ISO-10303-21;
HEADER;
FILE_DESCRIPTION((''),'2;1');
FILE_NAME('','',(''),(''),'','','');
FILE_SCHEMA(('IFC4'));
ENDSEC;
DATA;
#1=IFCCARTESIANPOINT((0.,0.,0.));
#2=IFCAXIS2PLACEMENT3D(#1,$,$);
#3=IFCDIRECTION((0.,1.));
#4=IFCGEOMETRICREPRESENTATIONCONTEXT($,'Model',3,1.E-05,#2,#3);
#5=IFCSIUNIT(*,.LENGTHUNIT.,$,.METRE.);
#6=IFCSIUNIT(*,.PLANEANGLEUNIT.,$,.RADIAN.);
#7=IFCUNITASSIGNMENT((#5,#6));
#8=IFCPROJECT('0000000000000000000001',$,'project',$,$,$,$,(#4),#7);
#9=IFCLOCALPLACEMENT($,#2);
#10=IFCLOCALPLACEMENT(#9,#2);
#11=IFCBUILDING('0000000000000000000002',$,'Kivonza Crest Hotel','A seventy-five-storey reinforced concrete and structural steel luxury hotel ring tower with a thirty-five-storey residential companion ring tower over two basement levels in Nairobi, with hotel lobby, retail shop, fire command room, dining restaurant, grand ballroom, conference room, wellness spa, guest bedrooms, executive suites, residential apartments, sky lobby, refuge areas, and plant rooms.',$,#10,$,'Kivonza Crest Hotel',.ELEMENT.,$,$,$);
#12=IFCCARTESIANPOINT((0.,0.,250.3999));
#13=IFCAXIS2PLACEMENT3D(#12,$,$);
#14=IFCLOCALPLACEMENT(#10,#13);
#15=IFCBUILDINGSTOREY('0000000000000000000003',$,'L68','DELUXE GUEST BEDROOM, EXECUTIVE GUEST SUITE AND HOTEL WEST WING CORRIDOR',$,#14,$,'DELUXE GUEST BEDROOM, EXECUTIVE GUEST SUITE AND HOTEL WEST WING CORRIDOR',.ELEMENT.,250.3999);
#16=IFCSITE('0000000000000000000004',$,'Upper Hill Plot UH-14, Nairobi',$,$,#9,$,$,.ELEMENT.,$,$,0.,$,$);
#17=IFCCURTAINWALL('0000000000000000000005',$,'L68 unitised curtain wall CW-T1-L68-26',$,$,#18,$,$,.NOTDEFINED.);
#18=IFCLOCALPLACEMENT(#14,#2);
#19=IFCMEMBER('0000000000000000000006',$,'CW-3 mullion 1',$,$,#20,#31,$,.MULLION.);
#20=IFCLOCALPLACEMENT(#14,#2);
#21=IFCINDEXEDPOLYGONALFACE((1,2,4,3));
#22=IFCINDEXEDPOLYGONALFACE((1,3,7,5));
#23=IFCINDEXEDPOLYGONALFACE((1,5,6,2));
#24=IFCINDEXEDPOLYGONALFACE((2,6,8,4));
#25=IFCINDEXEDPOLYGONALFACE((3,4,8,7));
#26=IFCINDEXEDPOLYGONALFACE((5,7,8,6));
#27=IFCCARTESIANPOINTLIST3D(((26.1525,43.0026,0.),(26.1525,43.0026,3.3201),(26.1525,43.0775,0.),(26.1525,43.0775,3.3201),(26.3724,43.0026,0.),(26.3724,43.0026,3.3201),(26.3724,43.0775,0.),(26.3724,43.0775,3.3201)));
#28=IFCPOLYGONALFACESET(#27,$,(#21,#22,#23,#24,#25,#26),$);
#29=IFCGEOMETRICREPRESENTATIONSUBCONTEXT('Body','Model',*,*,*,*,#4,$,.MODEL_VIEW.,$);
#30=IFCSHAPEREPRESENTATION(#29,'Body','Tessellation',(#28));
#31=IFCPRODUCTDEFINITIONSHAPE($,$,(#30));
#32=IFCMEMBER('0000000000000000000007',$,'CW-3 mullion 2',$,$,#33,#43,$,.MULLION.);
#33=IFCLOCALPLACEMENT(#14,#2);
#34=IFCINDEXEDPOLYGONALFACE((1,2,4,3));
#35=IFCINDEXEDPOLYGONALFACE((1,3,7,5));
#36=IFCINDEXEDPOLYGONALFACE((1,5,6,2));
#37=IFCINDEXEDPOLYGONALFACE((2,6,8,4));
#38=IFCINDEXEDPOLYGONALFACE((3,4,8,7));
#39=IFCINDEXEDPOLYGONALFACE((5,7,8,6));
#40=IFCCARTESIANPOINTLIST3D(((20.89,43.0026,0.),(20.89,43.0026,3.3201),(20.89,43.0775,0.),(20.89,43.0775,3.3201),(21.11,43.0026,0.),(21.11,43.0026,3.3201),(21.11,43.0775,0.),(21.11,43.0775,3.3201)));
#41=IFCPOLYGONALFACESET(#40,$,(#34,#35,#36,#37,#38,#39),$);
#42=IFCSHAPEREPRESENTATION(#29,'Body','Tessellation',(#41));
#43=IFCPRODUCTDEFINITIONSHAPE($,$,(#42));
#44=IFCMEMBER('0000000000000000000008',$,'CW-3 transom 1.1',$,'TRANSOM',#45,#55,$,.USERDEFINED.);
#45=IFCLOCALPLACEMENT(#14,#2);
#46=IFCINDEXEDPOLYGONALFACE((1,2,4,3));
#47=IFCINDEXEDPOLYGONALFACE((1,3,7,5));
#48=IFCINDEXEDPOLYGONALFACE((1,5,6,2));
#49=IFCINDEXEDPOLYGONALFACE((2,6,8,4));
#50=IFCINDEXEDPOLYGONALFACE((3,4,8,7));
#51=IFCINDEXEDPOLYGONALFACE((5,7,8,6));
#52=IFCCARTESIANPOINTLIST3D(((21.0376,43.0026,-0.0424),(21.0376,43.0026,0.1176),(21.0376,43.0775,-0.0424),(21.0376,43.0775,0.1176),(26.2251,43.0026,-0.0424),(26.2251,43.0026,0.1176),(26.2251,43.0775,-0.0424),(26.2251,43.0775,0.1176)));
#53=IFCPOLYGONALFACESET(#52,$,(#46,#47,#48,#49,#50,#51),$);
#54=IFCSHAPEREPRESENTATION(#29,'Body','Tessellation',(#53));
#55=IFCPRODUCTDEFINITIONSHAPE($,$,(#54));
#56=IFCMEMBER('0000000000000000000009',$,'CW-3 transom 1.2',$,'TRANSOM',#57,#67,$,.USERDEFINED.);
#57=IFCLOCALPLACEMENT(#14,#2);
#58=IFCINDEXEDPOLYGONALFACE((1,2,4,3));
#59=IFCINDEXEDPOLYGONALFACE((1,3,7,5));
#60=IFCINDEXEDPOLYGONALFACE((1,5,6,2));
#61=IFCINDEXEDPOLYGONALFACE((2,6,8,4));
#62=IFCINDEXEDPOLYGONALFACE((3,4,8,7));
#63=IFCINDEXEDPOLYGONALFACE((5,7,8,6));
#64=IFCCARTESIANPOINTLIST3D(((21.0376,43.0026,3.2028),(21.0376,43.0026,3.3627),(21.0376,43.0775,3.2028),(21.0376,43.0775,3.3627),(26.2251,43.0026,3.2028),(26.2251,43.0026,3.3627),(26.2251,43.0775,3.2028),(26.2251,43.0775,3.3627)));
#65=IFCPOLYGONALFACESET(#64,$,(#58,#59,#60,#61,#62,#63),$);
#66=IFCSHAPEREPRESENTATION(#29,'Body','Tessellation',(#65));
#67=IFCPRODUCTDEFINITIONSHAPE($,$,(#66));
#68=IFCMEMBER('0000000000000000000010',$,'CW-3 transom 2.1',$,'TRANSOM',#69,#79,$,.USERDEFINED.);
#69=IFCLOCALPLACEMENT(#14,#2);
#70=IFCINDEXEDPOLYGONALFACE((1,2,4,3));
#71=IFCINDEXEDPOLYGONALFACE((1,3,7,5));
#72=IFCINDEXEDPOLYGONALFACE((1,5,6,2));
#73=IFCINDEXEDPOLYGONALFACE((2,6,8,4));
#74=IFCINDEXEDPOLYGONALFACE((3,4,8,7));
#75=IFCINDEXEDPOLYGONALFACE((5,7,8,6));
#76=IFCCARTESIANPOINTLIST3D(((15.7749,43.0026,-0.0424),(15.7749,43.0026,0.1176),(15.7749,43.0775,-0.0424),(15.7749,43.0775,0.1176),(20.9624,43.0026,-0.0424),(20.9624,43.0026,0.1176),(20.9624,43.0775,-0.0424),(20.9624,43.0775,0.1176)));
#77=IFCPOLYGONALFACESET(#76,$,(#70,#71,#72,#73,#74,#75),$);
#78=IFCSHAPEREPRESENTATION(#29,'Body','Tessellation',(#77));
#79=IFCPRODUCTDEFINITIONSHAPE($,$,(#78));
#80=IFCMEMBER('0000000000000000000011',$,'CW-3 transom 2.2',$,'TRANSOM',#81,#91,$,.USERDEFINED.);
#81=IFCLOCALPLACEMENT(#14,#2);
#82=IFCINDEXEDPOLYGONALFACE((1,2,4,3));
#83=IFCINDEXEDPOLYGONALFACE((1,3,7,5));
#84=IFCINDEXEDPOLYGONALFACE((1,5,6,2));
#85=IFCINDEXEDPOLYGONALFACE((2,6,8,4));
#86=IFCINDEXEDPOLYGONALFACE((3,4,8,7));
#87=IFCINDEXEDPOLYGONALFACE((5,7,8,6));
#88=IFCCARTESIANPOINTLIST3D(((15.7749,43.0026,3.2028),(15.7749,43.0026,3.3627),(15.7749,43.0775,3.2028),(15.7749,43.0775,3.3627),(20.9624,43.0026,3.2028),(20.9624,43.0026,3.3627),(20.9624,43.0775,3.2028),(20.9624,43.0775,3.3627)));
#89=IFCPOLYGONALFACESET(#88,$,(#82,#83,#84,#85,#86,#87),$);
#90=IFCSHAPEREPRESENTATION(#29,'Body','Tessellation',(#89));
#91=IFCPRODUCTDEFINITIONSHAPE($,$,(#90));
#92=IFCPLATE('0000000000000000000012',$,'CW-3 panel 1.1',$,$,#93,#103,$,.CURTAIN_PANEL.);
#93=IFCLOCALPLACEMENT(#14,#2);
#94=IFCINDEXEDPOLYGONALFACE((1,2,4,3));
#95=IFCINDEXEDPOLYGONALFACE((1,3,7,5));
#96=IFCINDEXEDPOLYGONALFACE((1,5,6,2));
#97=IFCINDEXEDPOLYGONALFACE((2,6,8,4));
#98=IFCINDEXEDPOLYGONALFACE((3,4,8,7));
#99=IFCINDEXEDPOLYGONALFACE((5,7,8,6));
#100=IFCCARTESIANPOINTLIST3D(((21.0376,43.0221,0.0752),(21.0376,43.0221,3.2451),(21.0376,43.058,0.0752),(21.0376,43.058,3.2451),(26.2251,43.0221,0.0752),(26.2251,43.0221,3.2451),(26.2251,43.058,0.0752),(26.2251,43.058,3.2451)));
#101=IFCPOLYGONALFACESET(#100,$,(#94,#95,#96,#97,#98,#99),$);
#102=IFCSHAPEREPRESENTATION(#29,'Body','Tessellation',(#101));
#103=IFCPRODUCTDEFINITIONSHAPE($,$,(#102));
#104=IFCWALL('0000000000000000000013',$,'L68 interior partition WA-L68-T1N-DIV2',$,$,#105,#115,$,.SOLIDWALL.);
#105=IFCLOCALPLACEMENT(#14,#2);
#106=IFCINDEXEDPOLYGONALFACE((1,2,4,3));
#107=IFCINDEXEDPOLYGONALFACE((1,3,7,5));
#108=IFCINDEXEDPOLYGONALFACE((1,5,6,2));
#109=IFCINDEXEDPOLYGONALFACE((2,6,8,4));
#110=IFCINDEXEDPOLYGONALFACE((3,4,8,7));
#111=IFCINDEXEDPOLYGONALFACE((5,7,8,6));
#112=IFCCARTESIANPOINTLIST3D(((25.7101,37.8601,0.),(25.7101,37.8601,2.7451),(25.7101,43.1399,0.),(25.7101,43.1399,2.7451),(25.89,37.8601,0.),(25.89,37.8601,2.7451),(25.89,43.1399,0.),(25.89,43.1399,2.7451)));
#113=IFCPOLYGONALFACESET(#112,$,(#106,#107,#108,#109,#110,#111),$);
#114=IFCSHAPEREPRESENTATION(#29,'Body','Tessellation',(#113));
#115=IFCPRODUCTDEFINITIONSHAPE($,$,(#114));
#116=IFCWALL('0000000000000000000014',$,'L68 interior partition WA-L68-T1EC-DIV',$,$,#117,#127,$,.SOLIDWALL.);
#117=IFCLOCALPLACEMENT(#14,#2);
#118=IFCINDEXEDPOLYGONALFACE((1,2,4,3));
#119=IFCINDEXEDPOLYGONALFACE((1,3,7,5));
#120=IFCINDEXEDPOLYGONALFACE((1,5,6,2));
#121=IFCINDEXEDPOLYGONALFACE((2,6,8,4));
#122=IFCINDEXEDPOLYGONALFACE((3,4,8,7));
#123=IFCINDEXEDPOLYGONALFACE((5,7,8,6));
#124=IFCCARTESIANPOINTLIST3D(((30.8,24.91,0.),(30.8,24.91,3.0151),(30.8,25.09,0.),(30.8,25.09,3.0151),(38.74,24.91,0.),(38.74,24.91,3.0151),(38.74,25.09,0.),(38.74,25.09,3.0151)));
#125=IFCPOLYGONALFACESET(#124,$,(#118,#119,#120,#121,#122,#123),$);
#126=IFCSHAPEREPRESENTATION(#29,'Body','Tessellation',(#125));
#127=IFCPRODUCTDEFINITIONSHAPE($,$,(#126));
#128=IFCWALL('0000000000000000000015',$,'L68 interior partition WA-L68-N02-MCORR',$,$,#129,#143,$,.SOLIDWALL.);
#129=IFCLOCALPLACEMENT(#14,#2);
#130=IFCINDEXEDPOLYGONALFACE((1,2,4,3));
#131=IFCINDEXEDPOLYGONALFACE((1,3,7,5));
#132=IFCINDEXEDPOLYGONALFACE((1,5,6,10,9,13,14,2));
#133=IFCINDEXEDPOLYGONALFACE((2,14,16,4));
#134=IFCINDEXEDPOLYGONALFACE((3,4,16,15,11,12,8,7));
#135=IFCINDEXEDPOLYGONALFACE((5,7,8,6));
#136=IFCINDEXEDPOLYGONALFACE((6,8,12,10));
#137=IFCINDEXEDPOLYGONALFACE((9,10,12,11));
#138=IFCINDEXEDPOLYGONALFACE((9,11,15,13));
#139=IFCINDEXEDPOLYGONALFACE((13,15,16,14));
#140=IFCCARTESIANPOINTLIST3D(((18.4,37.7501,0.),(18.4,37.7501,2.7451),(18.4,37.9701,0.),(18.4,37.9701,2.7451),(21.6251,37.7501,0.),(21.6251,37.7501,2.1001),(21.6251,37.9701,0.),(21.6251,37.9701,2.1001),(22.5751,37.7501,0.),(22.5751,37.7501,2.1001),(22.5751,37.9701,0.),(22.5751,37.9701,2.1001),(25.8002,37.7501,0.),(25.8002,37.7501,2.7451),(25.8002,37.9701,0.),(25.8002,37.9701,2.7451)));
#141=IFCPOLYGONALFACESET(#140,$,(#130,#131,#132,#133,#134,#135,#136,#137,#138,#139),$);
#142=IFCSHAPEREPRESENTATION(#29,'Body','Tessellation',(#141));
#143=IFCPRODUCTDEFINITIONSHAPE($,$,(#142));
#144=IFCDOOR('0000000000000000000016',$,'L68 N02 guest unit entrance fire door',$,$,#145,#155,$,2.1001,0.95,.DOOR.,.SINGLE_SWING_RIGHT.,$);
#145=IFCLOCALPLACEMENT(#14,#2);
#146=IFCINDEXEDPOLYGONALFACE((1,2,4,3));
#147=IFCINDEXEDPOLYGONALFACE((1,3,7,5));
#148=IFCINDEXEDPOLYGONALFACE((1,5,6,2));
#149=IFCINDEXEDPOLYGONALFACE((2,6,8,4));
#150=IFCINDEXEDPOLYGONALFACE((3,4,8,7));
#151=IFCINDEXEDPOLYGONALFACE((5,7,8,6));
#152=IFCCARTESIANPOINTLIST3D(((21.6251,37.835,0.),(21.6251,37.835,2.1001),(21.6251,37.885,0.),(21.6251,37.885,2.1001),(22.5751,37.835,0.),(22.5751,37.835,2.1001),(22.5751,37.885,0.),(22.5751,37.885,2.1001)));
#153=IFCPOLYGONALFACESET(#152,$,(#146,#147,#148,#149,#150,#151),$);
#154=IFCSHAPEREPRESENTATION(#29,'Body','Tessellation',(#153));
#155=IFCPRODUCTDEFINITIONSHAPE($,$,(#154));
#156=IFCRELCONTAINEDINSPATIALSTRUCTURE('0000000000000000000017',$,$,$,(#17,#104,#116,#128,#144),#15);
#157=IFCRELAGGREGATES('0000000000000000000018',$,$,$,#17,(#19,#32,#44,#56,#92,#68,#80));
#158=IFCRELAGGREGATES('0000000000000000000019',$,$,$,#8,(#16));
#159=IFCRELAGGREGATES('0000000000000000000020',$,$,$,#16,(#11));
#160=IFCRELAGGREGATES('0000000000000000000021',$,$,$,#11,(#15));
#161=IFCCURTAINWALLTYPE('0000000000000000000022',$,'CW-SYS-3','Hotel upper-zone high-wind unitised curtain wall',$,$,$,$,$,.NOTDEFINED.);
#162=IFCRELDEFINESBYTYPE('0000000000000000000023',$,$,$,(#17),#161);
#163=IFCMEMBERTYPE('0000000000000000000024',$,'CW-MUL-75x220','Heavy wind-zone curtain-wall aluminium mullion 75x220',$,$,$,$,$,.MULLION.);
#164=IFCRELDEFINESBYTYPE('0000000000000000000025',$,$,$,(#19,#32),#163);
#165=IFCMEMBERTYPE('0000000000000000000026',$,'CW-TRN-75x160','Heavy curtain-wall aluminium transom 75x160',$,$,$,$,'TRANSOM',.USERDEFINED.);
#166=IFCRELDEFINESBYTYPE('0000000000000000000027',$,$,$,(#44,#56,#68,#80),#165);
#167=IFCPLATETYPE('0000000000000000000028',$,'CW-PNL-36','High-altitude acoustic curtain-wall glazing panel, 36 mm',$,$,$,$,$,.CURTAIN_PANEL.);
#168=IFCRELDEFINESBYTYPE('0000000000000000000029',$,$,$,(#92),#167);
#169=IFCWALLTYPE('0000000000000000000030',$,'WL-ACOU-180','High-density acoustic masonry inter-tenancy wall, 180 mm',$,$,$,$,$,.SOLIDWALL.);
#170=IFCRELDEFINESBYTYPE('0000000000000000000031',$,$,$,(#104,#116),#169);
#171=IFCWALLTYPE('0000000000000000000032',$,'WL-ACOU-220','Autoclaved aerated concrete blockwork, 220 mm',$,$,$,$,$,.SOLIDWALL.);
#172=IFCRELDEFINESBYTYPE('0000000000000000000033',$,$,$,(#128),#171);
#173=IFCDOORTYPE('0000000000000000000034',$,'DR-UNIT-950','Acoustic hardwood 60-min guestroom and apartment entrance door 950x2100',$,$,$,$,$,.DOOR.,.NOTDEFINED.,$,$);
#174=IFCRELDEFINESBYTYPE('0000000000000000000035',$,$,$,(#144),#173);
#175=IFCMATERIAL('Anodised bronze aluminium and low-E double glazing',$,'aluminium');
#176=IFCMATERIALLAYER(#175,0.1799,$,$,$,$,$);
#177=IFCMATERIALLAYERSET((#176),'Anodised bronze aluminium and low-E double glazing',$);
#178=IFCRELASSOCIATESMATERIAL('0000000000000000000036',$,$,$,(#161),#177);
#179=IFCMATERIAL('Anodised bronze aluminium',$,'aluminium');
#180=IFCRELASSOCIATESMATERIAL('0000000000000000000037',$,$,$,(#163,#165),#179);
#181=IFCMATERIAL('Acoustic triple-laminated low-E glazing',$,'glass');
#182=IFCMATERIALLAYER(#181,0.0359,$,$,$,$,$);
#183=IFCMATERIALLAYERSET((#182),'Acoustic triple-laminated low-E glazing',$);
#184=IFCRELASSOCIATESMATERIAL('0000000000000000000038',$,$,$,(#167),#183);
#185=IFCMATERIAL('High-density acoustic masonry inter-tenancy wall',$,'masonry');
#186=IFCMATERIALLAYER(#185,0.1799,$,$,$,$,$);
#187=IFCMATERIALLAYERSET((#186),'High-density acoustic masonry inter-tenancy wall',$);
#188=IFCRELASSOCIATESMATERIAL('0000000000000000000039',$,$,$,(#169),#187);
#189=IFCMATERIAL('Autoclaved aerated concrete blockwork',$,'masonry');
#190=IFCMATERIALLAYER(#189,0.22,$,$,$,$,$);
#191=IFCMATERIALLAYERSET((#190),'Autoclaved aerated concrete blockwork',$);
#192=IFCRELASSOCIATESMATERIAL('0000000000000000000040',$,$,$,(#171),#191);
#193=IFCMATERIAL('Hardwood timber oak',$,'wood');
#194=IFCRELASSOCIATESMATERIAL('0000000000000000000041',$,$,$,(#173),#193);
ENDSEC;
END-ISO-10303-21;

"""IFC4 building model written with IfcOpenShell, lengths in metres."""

from ifc_helpers import new_model, si_unit, direction, frame, frame_2d, origin, origin_2d, place, context, subcontext, project, spatial, rectangle, extrude, material, layer, layer_set, material_profile, profile_set, type_object, element, fill, aggregate, save


model = new_model("IFC4")

# Units and contexts
model_context = context("Model", 3, precision=1e-05, world=origin(), true_north=direction((0.0, 1.0)))
body_context = subcontext(model_context, "Body", "Model", "MODEL_VIEW")
ifc_project = project(units=[si_unit("LENGTHUNIT", "METRE"), si_unit("PLANEANGLEUNIT", "RADIAN")], contexts=[model_context])

# Site, building, storey
site_placement = place(None, origin())
site = spatial("IfcSite", under=ifc_project, at=site_placement, Name="Upper Hill Plot UH-14, Nairobi", CompositionType="ELEMENT", RefElevation=0.0)
building_placement = place(site_placement, origin())
building = spatial("IfcBuilding", under=site, at=building_placement, Name="Kivonza Crest Hotel", Description="A seventy-five-storey reinforced concrete and structural steel luxury hotel ring tower with a thirty-five-storey residential companion ring tower over two basement levels in Nairobi, with hotel lobby, retail shop, fire command room, dining restaurant, grand ballroom, conference room, wellness spa, guest bedrooms, executive suites, residential apartments, sky lobby, refuge areas, and plant rooms.", LongName="Kivonza Crest Hotel", CompositionType="ELEMENT")
storey_placement = place(building_placement, frame((0.0, 0.0, 250.3999)))
storey = spatial("IfcBuildingStorey", under=building, at=storey_placement, Name="L68", Description="DELUXE GUEST BEDROOM, EXECUTIVE GUEST SUITE AND HOTEL WEST WING CORRIDOR", LongName="DELUXE GUEST BEDROOM, EXECUTIVE GUEST SUITE AND HOTEL WEST WING CORRIDOR", CompositionType="ELEMENT", Elevation=250.3999)

# Curtain wall, members, plate
ifc_material_1 = material(Name="Anodised bronze aluminium and low-E double glazing", Category="aluminium")
ifc_layer_1 = layer(ifc_material_1, 0.1799)
ifc_layer_set_1 = layer_set([ifc_layer_1], Name="Anodised bronze aluminium and low-E double glazing")
curtain_wall_type = type_object("IfcCurtainWallType", Name="CW-SYS-3", Description="Hotel upper-zone high-wind unitised curtain wall", PredefinedType="NOTDEFINED", material=ifc_layer_set_1)
curtain_wall_placement = place(storey_placement, origin())
curtain_wall = element("IfcCurtainWall", 1, at=curtain_wall_placement, inside=storey, type_object=curtain_wall_type, Name="L68 unitised curtain wall CW-T1-L68-26", PredefinedType="NOTDEFINED")
ifc_material_2 = material(Name="Anodised bronze aluminium", Category="aluminium")
ifc_material_profile_1 = material_profile(ifc_material_2, rectangle(XDim=0.075, YDim=0.22, at=origin_2d()), Name="CW-M 75x220")
ifc_profile_set_1 = profile_set([ifc_material_profile_1], Name="Anodised bronze aluminium")
member_type_1 = type_object("IfcMemberType", Name="CW-MUL-75x220", Description="Heavy wind-zone curtain-wall aluminium mullion 75x220", PredefinedType="MULLION", material=ifc_profile_set_1)
member_1_placement = place(storey_placement, frame((26.2625, 43.04, 0.0), z_axis=(0.0, 0.0, 1.0), x_axis=(0.0, -1.0, 0.0)))
member_1 = element("IfcMember", 2, at=member_1_placement, type_object=member_type_1, Name="CW-3 mullion 1", PredefinedType="MULLION", context=body_context, shape_type="SweptSolid", body=[
    extrude(rectangle(XDim=0.075, YDim=0.22, at=origin_2d()), origin(), (0.0, 0.0, 1.0), 3.3201),
])
member_2_placement = place(storey_placement, frame((21.0, 43.04, 0.0), z_axis=(0.0, 0.0, 1.0), x_axis=(0.0, -1.0, 0.0)))
member_2 = element("IfcMember", 3, at=member_2_placement, type_object=member_type_1, Name="CW-3 mullion 2", PredefinedType="MULLION", context=body_context, shape_type="SweptSolid", body=[
    extrude(rectangle(XDim=0.075, YDim=0.22, at=origin_2d()), origin(), (0.0, 0.0, 1.0), 3.3201),
])
ifc_material_profile_2 = material_profile(ifc_material_2, rectangle(XDim=0.075, YDim=0.1599, at=origin_2d()), Name="CW-T 75x160")
ifc_profile_set_2 = profile_set([ifc_material_profile_2], Name="Anodised bronze aluminium")
member_type_2 = type_object("IfcMemberType", Name="CW-TRN-75x160", Description="Heavy curtain-wall aluminium transom 75x160", ElementType="TRANSOM", PredefinedType="USERDEFINED", material=ifc_profile_set_2)
member_3_placement = place(storey_placement, frame((26.2251, 43.04, 0.0376), z_axis=(-1.0, 0.0, 0.0), x_axis=(0.0, -1.0, 0.0)))
member_3 = element("IfcMember", 4, at=member_3_placement, type_object=member_type_2, Name="CW-3 transom 1.1", ObjectType="TRANSOM", PredefinedType="USERDEFINED", context=body_context, shape_type="SweptSolid", body=[
    extrude(rectangle(XDim=0.075, YDim=0.1599, at=origin_2d()), origin(), (0.0, 0.0, 1.0), 5.1875),
])
member_4_placement = place(storey_placement, frame((26.2251, 43.04, 3.2827), z_axis=(-1.0, 0.0, 0.0), x_axis=(0.0, -1.0, 0.0)))
member_4 = element("IfcMember", 5, at=member_4_placement, type_object=member_type_2, Name="CW-3 transom 1.2", ObjectType="TRANSOM", PredefinedType="USERDEFINED", context=body_context, shape_type="SweptSolid", body=[
    extrude(rectangle(XDim=0.075, YDim=0.1599, at=origin_2d()), origin(), (0.0, 0.0, 1.0), 5.1875),
])
member_5_placement = place(storey_placement, frame((20.9624, 43.04, 0.0376), z_axis=(-1.0, 0.0, 0.0), x_axis=(0.0, -1.0, 0.0)))
member_5 = element("IfcMember", 6, at=member_5_placement, type_object=member_type_2, Name="CW-3 transom 2.1", ObjectType="TRANSOM", PredefinedType="USERDEFINED", context=body_context, shape_type="SweptSolid", body=[
    extrude(rectangle(XDim=0.075, YDim=0.1599, at=origin_2d()), origin(), (0.0, 0.0, 1.0), 5.1875),
])
member_6_placement = place(storey_placement, frame((20.9624, 43.04, 3.2827), z_axis=(-1.0, 0.0, 0.0), x_axis=(0.0, -1.0, 0.0)))
member_6 = element("IfcMember", 7, at=member_6_placement, type_object=member_type_2, Name="CW-3 transom 2.2", ObjectType="TRANSOM", PredefinedType="USERDEFINED", context=body_context, shape_type="SweptSolid", body=[
    extrude(rectangle(XDim=0.075, YDim=0.1599, at=origin_2d()), origin(), (0.0, 0.0, 1.0), 5.1875),
])
ifc_material_3 = material(Name="Acoustic triple-laminated low-E glazing", Category="glass")
ifc_layer_2 = layer(ifc_material_3, 0.0359)
ifc_layer_set_2 = layer_set([ifc_layer_2], Name="Acoustic triple-laminated low-E glazing")
plate_type = type_object("IfcPlateType", Name="CW-PNL-36", Description="High-altitude acoustic curtain-wall glazing panel, 36 mm", PredefinedType="CURTAIN_PANEL", material=ifc_layer_set_2)
plate_placement = place(storey_placement, frame((23.6313, 43.04, 0.0752), z_axis=(0.0, 0.0, 1.0), x_axis=(-1.0, 0.0, 0.0)))
plate = element("IfcPlate", 8, at=plate_placement, type_object=plate_type, Name="CW-3 panel 1.1", PredefinedType="CURTAIN_PANEL", context=body_context, shape_type="SweptSolid", body=[
    extrude(rectangle(XDim=5.1875, YDim=0.0359, at=origin_2d()), origin(), (0.0, 0.0, 1.0), 3.1699),
])
aggregate(curtain_wall, [member_1, member_2, member_3, member_4, plate, member_5, member_6])

# Walls
ifc_material_4 = material(Name="High-density acoustic masonry inter-tenancy wall", Category="masonry")
ifc_layer_3 = layer(ifc_material_4, 0.1799)
ifc_layer_set_3 = layer_set([ifc_layer_3], Name="High-density acoustic masonry inter-tenancy wall")
wall_type_1 = type_object("IfcWallType", Name="WL-ACOU-180", Description="High-density acoustic masonry inter-tenancy wall, 180 mm", PredefinedType="SOLIDWALL", material=ifc_layer_set_3)
wall_1_placement = place(storey_placement, frame((25.8, 37.8601, 0.0), z_axis=(0.0, 0.0, 1.0), x_axis=(0.0, 1.0, 0.0)))
element("IfcWall", 9, at=wall_1_placement, inside=storey, type_object=wall_type_1, Name="L68 interior partition WA-L68-T1N-DIV2", PredefinedType="SOLIDWALL", context=body_context, shape_type="SweptSolid", body=[
    extrude(rectangle(XDim=5.2798, YDim=0.1799, at=frame_2d((2.6399, 0.0))), origin(), (0.0, 0.0, 1.0), 2.7451),
])
wall_2_placement = place(storey_placement, frame((30.8, 25.0, 0.0), z_axis=(0.0, 0.0, 1.0), x_axis=(1.0, 0.0, 0.0)))
element("IfcWall", 10, at=wall_2_placement, inside=storey, type_object=wall_type_1, Name="L68 interior partition WA-L68-T1EC-DIV", PredefinedType="SOLIDWALL", context=body_context, shape_type="SweptSolid", body=[
    extrude(rectangle(XDim=7.9399, YDim=0.1799, at=frame_2d((3.97, 0.0))), origin(), (0.0, 0.0, 1.0), 3.0151),
])

# Wall, opening, door
ifc_material_5 = material(Name="Autoclaved aerated concrete blockwork", Category="masonry")
ifc_layer_4 = layer(ifc_material_5, 0.22)
ifc_layer_set_4 = layer_set([ifc_layer_4], Name="Autoclaved aerated concrete blockwork")
wall_type_2 = type_object("IfcWallType", Name="WL-ACOU-220", Description="Autoclaved aerated concrete blockwork, 220 mm", PredefinedType="SOLIDWALL", material=ifc_layer_set_4)
wall_3_placement = place(storey_placement, frame((18.3999, 37.8601, 0.0), z_axis=(0.0, 0.0, 1.0), x_axis=(1.0, 0.0, 0.0)))
wall_3 = element("IfcWall", 11, at=wall_3_placement, inside=storey, type_object=wall_type_2, Name="L68 interior partition WA-L68-N02-MCORR", PredefinedType="SOLIDWALL", context=body_context, shape_type="SweptSolid", body=[
    extrude(rectangle(XDim=7.4001, YDim=0.22, at=frame_2d((3.7002, 0.0))), origin(), (0.0, 0.0, 1.0), 2.7451),
])
opening_1_placement = place(wall_3_placement, frame((3.2251, 0.0, 0.0)))
opening_1 = element("IfcOpeningElement", 12, at=opening_1_placement, cuts=wall_3, PredefinedType="OPENING", context=body_context, shape_type="SweptSolid", body=[
    extrude(rectangle(XDim=0.95, YDim=2.1001, at=frame_2d((0.4751, 1.05))), frame((0.0, 0.1201, 0.0), z_axis=(0.0, -1.0, 0.0), x_axis=(1.0, 0.0, 0.0)), (0.0, 0.0, 1.0), 0.24),
])
ifc_material_6 = material(Name="Hardwood timber oak", Category="wood")
door_type_1 = type_object("IfcDoorType", Name="DR-UNIT-950", Description="Acoustic hardwood 60-min guestroom and apartment entrance door 950x2100", OperationType="NOTDEFINED", PredefinedType="DOOR", material=ifc_material_6)
door_1_placement = place(opening_1_placement, origin())
door_1 = element("IfcDoor", 13, at=door_1_placement, inside=storey, type_object=door_type_1, Name="L68 N02 guest unit entrance fire door", OperationType="SINGLE_SWING_RIGHT", OverallHeight=2.1001, OverallWidth=0.95, PredefinedType="DOOR", context=body_context, shape_type="SweptSolid", body=[
    extrude(rectangle(XDim=0.95, YDim=2.1001, at=frame_2d((0.4751, 1.05))), frame((0.0, 0.0249, 0.0), z_axis=(0.0, -1.0, 0.0), x_axis=(1.0, 0.0, 0.0)), (0.0, 0.0, 1.0), 0.05),
])
fill(opening_1, door_1)

save(model, "model.ifc")
